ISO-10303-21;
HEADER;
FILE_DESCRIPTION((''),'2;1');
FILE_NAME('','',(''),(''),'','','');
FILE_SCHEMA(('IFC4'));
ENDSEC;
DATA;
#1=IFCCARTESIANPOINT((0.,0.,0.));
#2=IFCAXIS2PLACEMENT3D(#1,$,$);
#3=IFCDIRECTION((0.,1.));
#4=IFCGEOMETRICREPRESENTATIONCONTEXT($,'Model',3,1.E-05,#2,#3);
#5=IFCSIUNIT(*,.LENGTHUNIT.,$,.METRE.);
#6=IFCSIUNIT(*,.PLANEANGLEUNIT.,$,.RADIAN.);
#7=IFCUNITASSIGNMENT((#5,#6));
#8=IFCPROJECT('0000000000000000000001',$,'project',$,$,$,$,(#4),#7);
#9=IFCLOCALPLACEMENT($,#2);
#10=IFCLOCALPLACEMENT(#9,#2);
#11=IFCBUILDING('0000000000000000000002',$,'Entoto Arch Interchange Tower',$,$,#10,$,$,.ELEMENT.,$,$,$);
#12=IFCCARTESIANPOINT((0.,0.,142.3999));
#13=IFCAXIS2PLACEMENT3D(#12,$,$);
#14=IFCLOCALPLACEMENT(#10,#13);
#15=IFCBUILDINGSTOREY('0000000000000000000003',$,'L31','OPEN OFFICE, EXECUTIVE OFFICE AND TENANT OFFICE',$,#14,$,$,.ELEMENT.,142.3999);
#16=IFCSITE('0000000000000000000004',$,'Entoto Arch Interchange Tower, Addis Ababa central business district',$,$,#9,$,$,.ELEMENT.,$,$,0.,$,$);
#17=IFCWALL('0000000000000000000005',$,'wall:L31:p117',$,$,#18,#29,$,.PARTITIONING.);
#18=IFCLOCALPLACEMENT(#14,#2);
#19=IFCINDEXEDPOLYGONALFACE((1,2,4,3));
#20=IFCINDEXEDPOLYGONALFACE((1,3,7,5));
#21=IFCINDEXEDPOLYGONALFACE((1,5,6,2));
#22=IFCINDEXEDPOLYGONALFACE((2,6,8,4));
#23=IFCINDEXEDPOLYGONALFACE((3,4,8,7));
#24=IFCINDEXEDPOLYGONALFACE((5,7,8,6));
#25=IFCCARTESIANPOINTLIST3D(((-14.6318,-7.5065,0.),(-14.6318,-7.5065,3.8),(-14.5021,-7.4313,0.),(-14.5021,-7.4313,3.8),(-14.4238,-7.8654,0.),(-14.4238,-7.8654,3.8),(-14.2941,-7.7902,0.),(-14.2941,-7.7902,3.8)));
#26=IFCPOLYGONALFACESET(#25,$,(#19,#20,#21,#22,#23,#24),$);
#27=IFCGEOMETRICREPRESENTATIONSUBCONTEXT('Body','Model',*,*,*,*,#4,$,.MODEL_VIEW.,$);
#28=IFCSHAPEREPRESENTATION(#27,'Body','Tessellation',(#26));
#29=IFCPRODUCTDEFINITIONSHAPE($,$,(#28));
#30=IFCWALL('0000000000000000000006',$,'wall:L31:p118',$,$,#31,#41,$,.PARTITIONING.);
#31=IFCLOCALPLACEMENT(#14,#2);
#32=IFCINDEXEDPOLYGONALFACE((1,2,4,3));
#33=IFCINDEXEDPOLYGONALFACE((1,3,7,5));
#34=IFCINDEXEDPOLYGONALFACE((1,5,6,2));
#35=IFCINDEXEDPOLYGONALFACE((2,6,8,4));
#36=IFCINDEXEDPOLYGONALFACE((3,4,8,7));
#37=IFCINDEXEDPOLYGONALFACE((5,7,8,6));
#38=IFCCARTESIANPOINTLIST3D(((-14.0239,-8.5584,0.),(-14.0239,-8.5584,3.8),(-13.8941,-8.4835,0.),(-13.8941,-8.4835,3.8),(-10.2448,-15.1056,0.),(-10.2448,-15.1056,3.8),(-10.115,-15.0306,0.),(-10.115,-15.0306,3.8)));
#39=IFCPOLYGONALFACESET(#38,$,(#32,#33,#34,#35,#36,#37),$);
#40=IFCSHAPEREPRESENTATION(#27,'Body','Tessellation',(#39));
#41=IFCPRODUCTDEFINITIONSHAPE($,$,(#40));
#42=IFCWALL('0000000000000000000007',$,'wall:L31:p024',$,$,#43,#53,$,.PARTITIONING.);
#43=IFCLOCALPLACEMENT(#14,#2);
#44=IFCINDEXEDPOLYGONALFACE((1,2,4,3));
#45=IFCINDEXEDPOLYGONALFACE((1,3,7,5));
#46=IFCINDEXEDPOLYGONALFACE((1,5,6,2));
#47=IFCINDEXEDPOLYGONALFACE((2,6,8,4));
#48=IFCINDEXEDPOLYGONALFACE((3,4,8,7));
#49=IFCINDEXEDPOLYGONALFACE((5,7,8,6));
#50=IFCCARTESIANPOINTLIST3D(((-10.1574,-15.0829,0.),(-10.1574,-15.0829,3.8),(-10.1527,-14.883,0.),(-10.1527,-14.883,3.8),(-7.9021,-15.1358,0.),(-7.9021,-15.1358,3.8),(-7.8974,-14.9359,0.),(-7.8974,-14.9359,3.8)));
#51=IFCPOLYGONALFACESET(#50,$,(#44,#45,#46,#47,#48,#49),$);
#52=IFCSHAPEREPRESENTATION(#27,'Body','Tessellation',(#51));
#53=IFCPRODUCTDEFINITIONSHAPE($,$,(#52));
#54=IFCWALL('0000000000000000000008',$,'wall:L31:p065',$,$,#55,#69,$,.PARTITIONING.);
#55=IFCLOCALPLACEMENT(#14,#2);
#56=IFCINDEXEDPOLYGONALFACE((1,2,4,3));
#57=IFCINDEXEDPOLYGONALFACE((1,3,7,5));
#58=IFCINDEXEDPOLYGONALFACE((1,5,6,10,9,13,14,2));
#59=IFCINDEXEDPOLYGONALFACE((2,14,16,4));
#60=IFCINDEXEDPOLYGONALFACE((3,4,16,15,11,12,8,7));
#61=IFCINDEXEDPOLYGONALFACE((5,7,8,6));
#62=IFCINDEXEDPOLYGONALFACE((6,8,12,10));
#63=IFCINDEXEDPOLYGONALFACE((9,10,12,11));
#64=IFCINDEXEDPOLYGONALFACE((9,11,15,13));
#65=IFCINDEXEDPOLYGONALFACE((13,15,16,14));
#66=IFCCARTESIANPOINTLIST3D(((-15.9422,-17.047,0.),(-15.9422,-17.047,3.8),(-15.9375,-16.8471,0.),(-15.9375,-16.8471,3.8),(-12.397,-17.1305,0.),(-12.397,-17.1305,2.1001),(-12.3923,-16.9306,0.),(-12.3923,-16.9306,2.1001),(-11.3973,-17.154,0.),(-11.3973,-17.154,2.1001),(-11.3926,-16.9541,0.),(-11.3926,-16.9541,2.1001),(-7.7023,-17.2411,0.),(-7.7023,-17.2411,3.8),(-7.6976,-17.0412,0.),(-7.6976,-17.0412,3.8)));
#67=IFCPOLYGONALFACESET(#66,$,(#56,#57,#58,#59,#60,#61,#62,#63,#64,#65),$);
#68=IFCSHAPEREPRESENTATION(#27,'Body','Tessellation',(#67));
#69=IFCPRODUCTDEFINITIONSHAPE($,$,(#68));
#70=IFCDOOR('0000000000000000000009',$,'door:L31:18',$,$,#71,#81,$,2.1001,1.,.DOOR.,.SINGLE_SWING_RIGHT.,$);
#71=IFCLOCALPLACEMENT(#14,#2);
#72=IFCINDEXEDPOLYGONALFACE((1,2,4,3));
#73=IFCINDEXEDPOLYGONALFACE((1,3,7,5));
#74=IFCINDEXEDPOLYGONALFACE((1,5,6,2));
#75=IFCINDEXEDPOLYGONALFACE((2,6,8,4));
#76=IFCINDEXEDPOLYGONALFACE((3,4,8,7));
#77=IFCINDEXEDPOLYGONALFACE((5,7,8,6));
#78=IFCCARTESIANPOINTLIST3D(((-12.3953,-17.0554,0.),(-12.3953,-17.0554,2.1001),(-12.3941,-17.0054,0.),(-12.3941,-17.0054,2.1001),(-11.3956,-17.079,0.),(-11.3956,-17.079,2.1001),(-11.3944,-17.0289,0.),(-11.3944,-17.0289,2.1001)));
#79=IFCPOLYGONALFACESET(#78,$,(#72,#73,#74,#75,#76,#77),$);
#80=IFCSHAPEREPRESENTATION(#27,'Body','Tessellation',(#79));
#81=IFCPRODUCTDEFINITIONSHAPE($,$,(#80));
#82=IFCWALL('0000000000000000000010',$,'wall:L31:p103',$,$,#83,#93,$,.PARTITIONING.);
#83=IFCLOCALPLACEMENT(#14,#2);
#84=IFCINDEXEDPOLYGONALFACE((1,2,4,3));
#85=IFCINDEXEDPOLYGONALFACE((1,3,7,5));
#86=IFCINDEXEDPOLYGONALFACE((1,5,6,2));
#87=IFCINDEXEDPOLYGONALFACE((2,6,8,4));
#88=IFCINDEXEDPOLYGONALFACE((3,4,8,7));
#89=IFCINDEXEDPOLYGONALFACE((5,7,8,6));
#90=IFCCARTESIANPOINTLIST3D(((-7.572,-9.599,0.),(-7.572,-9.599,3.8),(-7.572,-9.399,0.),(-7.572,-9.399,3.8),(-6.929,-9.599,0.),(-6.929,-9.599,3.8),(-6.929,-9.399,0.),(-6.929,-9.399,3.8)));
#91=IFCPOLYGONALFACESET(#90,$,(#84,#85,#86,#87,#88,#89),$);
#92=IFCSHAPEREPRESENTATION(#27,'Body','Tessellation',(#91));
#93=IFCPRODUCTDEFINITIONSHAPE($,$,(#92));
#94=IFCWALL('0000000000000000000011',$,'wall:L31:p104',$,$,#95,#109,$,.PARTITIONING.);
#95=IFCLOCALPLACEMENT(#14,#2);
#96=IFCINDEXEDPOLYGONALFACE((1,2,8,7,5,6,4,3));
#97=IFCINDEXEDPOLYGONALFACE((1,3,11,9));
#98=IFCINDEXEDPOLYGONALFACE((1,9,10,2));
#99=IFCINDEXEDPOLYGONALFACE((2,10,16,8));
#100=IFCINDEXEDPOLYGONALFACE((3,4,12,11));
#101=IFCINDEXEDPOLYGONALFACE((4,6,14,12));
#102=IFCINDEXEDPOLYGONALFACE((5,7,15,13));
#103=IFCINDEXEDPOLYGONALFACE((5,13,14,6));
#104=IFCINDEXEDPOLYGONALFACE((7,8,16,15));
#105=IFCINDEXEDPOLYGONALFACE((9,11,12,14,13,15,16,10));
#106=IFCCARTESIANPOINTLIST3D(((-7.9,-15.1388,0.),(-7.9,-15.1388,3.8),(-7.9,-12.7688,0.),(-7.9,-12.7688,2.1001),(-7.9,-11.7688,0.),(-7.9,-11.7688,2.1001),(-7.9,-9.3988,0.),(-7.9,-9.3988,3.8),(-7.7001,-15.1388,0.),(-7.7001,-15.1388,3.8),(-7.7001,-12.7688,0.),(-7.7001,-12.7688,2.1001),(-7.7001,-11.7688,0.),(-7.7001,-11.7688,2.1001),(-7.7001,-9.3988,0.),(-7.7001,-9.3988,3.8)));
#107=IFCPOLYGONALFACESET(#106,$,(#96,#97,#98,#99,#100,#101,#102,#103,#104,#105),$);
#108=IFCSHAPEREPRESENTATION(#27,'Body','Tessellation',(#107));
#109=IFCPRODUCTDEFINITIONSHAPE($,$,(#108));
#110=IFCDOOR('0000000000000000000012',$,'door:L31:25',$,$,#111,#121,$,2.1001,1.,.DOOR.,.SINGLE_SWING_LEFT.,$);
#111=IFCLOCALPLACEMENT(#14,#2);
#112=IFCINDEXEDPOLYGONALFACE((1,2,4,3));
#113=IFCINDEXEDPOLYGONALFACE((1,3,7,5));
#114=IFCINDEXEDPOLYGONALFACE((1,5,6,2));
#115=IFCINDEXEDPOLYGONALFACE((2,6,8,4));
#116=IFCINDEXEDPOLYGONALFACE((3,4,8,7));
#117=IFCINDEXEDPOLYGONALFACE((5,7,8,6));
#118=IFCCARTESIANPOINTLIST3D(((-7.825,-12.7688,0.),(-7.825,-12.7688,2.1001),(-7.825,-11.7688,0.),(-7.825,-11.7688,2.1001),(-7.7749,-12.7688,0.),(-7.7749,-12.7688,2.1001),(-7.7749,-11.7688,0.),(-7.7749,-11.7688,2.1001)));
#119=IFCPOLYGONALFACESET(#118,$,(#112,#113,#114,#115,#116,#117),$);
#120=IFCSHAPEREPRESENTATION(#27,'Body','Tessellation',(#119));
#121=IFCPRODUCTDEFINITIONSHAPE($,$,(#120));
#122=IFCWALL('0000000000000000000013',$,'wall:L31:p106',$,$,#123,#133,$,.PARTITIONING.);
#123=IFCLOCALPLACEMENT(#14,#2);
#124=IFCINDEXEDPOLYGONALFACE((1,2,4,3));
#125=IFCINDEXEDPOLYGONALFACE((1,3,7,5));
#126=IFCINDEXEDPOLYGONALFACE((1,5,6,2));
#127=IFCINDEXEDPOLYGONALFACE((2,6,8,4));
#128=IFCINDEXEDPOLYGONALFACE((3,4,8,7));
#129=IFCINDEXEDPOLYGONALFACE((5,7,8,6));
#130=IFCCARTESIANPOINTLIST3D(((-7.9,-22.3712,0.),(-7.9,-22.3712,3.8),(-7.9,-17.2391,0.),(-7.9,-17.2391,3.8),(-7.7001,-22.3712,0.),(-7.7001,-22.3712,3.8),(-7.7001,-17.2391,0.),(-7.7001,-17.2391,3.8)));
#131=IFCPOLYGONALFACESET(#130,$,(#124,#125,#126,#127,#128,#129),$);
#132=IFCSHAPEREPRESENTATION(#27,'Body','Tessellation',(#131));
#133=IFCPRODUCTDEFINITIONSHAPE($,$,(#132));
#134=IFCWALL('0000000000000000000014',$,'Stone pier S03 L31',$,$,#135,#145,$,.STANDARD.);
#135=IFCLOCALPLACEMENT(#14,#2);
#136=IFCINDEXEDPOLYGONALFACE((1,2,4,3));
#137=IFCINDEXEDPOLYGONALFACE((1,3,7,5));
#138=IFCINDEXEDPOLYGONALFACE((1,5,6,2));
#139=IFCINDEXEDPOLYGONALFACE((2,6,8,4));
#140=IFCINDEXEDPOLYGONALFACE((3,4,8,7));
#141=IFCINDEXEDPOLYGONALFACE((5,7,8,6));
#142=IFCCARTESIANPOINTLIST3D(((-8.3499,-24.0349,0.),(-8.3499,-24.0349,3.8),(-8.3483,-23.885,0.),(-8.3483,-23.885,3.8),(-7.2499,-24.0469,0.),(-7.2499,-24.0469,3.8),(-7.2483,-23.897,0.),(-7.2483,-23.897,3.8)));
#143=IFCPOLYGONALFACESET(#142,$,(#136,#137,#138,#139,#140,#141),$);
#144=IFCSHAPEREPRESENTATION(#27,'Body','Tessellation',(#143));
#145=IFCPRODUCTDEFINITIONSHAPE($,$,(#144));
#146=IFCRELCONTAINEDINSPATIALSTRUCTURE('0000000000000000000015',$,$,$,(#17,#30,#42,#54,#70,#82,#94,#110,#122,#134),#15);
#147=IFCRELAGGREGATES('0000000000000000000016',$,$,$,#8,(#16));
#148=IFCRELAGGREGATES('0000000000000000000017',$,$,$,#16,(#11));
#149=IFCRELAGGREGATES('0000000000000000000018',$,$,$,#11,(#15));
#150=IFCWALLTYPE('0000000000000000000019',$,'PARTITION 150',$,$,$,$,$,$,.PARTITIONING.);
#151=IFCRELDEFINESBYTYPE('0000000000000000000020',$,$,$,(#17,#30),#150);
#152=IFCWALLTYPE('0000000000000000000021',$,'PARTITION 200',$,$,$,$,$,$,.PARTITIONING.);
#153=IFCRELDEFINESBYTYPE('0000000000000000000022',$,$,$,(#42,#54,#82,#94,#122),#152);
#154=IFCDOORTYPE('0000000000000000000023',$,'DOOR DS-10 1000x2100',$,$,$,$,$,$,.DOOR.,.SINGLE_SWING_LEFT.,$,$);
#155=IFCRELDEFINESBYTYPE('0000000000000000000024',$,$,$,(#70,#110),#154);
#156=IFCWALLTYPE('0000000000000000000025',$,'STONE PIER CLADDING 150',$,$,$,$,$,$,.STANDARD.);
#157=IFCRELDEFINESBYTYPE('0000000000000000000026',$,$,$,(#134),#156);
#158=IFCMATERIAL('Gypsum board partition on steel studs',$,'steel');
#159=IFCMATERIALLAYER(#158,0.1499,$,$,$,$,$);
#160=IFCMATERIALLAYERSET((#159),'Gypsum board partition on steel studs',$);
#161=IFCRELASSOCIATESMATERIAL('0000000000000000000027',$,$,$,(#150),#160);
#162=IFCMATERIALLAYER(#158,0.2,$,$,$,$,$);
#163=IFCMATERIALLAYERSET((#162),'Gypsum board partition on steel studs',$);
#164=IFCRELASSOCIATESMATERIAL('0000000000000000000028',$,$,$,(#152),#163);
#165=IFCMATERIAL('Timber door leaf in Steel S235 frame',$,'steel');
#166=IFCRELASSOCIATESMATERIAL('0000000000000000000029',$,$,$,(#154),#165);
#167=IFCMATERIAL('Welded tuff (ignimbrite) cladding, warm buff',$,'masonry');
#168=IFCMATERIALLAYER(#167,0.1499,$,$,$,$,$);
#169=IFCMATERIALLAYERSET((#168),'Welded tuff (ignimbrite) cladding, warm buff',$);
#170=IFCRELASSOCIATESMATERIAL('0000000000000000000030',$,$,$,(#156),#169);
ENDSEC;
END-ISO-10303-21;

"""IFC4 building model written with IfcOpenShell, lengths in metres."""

from ifc_helpers import new_model, si_unit, direction, frame, frame_2d, origin, place, context, subcontext, project, spatial, rectangle, extrude, material, layer, layer_set, type_object, element, fill, save


model = new_model("IFC4")

# Units and contexts
model_context = context("Model", 3, precision=1e-05, world=origin(), true_north=direction((0.0, 1.0)))
body_context = subcontext(model_context, "Body", "Model", "MODEL_VIEW")
ifc_project = project(units=[si_unit("LENGTHUNIT", "METRE"), si_unit("PLANEANGLEUNIT", "RADIAN")], contexts=[model_context])

# Site, building, storey
site_placement = place(None, origin())
site = spatial("IfcSite", under=ifc_project, at=site_placement, Name="Entoto Arch Interchange Tower, Addis Ababa central business district", CompositionType="ELEMENT", RefElevation=0.0)
building_placement = place(site_placement, origin())
building = spatial("IfcBuilding", under=site, at=building_placement, Name="Entoto Arch Interchange Tower", CompositionType="ELEMENT")
storey_placement = place(building_placement, frame((0.0, 0.0, 142.3999)))
storey = spatial("IfcBuildingStorey", under=building, at=storey_placement, Name="L31", Description="OPEN OFFICE, EXECUTIVE OFFICE AND TENANT OFFICE", CompositionType="ELEMENT", Elevation=142.3999)

# Walls
ifc_material_1 = material(Name="Gypsum board partition on steel studs", Category="steel")
ifc_layer_1 = layer(ifc_material_1, 0.1499)
ifc_layer_set_1 = layer_set([ifc_layer_1], Name="Gypsum board partition on steel studs")
wall_type_1 = type_object("IfcWallType", Name="PARTITION 150", PredefinedType="PARTITIONING", material=ifc_layer_set_1)
wall_1_placement = place(storey_placement, frame((-14.3589, -7.8279, 0.0), z_axis=(0.0, 0.0, 1.0), x_axis=(-0.501454, 0.865184, 0.0)))
element("IfcWall", 1, at=wall_1_placement, inside=storey, type_object=wall_type_1, Name="wall:L31:p117", PredefinedType="PARTITIONING", context=body_context, shape_type="SweptSolid", body=[
    extrude(rectangle(XDim=0.4148, YDim=0.1499, at=frame_2d((0.2075, 0.0))), origin(), (0.0, 0.0, 1.0), 3.8),
])
wall_2_placement = place(storey_placement, frame((-10.1799, -15.0681, 0.0), z_axis=(0.0, 0.0, 1.0), x_axis=(-0.499908, 0.866079, 0.0)))
element("IfcWall", 2, at=wall_2_placement, inside=storey, type_object=wall_type_1, Name="wall:L31:p118", PredefinedType="PARTITIONING", context=body_context, shape_type="SweptSolid", body=[
    extrude(rectangle(XDim=7.5596, YDim=0.1499, at=frame_2d((3.7798, 0.0))), origin(), (0.0, 0.0, 1.0), 3.8),
])
ifc_layer_2 = layer(ifc_material_1, 0.2)
ifc_layer_set_2 = layer_set([ifc_layer_2], Name="Gypsum board partition on steel studs")
wall_type_2 = type_object("IfcWallType", Name="PARTITION 200", PredefinedType="PARTITIONING", material=ifc_layer_set_2)
wall_3_placement = place(storey_placement, frame((-10.155, -14.9829, 0.0), z_axis=(0.0, 0.0, 1.0), x_axis=(0.999724, -0.023486, 0.0)))
element("IfcWall", 3, at=wall_3_placement, inside=storey, type_object=wall_type_2, Name="wall:L31:p024", PredefinedType="PARTITIONING", context=body_context, shape_type="SweptSolid", body=[
    extrude(rectangle(XDim=2.2559, YDim=0.2, at=frame_2d((1.1279, 0.0))), origin(), (0.0, 0.0, 1.0), 3.8),
])

# Wall, opening, door
wall_4_placement = place(storey_placement, frame((-7.7, -17.1411, 0.0), z_axis=(0.0, 0.0, 1.0), x_axis=(-0.999723, 0.023548, 0.0)))
wall_4 = element("IfcWall", 4, at=wall_4_placement, inside=storey, type_object=wall_type_2, Name="wall:L31:p065", PredefinedType="PARTITIONING", context=body_context, shape_type="SweptSolid", body=[
    extrude(rectangle(XDim=8.2422, YDim=0.2, at=frame_2d((4.1211, 0.0))), origin(), (0.0, 0.0, 1.0), 3.8),
])
opening_1_placement = place(wall_4_placement, frame((3.696, 0.0, 0.0)))
opening_1 = element("IfcOpeningElement", 5, at=opening_1_placement, cuts=wall_4, PredefinedType="OPENING", context=body_context, shape_type="SweptSolid", body=[
    extrude(rectangle(XDim=1.0, YDim=2.1001, at=frame_2d((0.5, 1.05))), frame((0.0, 0.1099, 0.0), z_axis=(0.0, -1.0, 0.0), x_axis=(1.0, 0.0, 0.0)), (0.0, 0.0, 1.0), 0.22),
])
ifc_material_2 = material(Name="Timber door leaf in Steel S235 frame", Category="steel")
door_type = type_object("IfcDoorType", Name="DOOR DS-10 1000x2100", OperationType="SINGLE_SWING_LEFT", PredefinedType="DOOR", material=ifc_material_2)
door_1_placement = place(opening_1_placement, origin())
door_1 = element("IfcDoor", 6, at=door_1_placement, inside=storey, type_object=door_type, Name="door:L31:18", OperationType="SINGLE_SWING_RIGHT", OverallHeight=2.1001, OverallWidth=1.0, PredefinedType="DOOR", context=body_context, shape_type="SweptSolid", body=[
    extrude(rectangle(XDim=1.0, YDim=2.1001, at=frame_2d((0.5, 1.05))), frame((0.0, 0.0249, 0.0), z_axis=(0.0, -1.0, 0.0), x_axis=(1.0, 0.0, 0.0)), (0.0, 0.0, 1.0), 0.05),
])
fill(opening_1, door_1)

# Wall
wall_5_placement = place(storey_placement, frame((-7.572, -9.499, 0.0), z_axis=(0.0, 0.0, 1.0), x_axis=(1.0, 0.0, 0.0)))
element("IfcWall", 7, at=wall_5_placement, inside=storey, type_object=wall_type_2, Name="wall:L31:p103", PredefinedType="PARTITIONING", context=body_context, shape_type="SweptSolid", body=[
    extrude(rectangle(XDim=0.6431, YDim=0.2, at=frame_2d((0.3215, 0.0))), origin(), (0.0, 0.0, 1.0), 3.8),
])

# Wall, opening, door
wall_6_placement = place(storey_placement, frame((-7.8, -15.1389, 0.0), z_axis=(0.0, 0.0, 1.0), x_axis=(0.0, 1.0, 0.0)))
wall_6 = element("IfcWall", 8, at=wall_6_placement, inside=storey, type_object=wall_type_2, Name="wall:L31:p104", PredefinedType="PARTITIONING", context=body_context, shape_type="SweptSolid", body=[
    extrude(rectangle(XDim=5.74, YDim=0.2, at=frame_2d((2.8701, 0.0))), origin(), (0.0, 0.0, 1.0), 3.8),
])
opening_2_placement = place(wall_6_placement, frame((2.3701, 0.0, 0.0)))
opening_2 = element("IfcOpeningElement", 9, at=opening_2_placement, cuts=wall_6, PredefinedType="OPENING", context=body_context, shape_type="SweptSolid", body=[
    extrude(rectangle(XDim=1.0, YDim=2.1001, at=frame_2d((0.5, 1.05))), frame((0.0, 0.1099, 0.0), z_axis=(0.0, -1.0, 0.0), x_axis=(1.0, 0.0, 0.0)), (0.0, 0.0, 1.0), 0.22),
])
door_2_placement = place(opening_2_placement, origin())
door_2 = element("IfcDoor", 10, at=door_2_placement, inside=storey, type_object=door_type, Name="door:L31:25", OperationType="SINGLE_SWING_LEFT", OverallHeight=2.1001, OverallWidth=1.0, PredefinedType="DOOR", context=body_context, shape_type="SweptSolid", body=[
    extrude(rectangle(XDim=1.0, YDim=2.1001, at=frame_2d((0.5, 1.05))), frame((0.0, 0.0249, 0.0), z_axis=(0.0, -1.0, 0.0), x_axis=(1.0, 0.0, 0.0)), (0.0, 0.0, 1.0), 0.05),
])
fill(opening_2, door_2)

# Walls
wall_7_placement = place(storey_placement, frame((-7.8, -22.3711, 0.0), z_axis=(0.0, 0.0, 1.0), x_axis=(0.0, 1.0, 0.0)))
element("IfcWall", 11, at=wall_7_placement, inside=storey, type_object=wall_type_2, Name="wall:L31:p106", PredefinedType="PARTITIONING", context=body_context, shape_type="SweptSolid", body=[
    extrude(rectangle(XDim=5.1321, YDim=0.2, at=frame_2d((2.5659, 0.0))), origin(), (0.0, 0.0, 1.0), 3.8),
])
ifc_material_3 = material(Name="Welded tuff (ignimbrite) cladding, warm buff", Category="masonry")
ifc_layer_3 = layer(ifc_material_3, 0.1499)
ifc_layer_set_3 = layer_set([ifc_layer_3], Name="Welded tuff (ignimbrite) cladding, warm buff")
wall_type_3 = type_object("IfcWallType", Name="STONE PIER CLADDING 150", PredefinedType="STANDARD", material=ifc_layer_set_3)
wall_8_placement = place(storey_placement, frame((-8.3491, -23.96, 0.0), z_axis=(0.0, 0.0, 1.0), x_axis=(0.999941, -0.010874, 0.0)))
element("IfcWall", 12, at=wall_8_placement, inside=storey, type_object=wall_type_3, Name="Stone pier S03 L31", PredefinedType="STANDARD", context=body_context, shape_type="SweptSolid", body=[
    extrude(rectangle(XDim=1.1001, YDim=0.1499, at=frame_2d((0.55, 0.0))), origin(), (0.0, 0.0, 1.0), 3.8),
])

save(model, "model.ifc")
